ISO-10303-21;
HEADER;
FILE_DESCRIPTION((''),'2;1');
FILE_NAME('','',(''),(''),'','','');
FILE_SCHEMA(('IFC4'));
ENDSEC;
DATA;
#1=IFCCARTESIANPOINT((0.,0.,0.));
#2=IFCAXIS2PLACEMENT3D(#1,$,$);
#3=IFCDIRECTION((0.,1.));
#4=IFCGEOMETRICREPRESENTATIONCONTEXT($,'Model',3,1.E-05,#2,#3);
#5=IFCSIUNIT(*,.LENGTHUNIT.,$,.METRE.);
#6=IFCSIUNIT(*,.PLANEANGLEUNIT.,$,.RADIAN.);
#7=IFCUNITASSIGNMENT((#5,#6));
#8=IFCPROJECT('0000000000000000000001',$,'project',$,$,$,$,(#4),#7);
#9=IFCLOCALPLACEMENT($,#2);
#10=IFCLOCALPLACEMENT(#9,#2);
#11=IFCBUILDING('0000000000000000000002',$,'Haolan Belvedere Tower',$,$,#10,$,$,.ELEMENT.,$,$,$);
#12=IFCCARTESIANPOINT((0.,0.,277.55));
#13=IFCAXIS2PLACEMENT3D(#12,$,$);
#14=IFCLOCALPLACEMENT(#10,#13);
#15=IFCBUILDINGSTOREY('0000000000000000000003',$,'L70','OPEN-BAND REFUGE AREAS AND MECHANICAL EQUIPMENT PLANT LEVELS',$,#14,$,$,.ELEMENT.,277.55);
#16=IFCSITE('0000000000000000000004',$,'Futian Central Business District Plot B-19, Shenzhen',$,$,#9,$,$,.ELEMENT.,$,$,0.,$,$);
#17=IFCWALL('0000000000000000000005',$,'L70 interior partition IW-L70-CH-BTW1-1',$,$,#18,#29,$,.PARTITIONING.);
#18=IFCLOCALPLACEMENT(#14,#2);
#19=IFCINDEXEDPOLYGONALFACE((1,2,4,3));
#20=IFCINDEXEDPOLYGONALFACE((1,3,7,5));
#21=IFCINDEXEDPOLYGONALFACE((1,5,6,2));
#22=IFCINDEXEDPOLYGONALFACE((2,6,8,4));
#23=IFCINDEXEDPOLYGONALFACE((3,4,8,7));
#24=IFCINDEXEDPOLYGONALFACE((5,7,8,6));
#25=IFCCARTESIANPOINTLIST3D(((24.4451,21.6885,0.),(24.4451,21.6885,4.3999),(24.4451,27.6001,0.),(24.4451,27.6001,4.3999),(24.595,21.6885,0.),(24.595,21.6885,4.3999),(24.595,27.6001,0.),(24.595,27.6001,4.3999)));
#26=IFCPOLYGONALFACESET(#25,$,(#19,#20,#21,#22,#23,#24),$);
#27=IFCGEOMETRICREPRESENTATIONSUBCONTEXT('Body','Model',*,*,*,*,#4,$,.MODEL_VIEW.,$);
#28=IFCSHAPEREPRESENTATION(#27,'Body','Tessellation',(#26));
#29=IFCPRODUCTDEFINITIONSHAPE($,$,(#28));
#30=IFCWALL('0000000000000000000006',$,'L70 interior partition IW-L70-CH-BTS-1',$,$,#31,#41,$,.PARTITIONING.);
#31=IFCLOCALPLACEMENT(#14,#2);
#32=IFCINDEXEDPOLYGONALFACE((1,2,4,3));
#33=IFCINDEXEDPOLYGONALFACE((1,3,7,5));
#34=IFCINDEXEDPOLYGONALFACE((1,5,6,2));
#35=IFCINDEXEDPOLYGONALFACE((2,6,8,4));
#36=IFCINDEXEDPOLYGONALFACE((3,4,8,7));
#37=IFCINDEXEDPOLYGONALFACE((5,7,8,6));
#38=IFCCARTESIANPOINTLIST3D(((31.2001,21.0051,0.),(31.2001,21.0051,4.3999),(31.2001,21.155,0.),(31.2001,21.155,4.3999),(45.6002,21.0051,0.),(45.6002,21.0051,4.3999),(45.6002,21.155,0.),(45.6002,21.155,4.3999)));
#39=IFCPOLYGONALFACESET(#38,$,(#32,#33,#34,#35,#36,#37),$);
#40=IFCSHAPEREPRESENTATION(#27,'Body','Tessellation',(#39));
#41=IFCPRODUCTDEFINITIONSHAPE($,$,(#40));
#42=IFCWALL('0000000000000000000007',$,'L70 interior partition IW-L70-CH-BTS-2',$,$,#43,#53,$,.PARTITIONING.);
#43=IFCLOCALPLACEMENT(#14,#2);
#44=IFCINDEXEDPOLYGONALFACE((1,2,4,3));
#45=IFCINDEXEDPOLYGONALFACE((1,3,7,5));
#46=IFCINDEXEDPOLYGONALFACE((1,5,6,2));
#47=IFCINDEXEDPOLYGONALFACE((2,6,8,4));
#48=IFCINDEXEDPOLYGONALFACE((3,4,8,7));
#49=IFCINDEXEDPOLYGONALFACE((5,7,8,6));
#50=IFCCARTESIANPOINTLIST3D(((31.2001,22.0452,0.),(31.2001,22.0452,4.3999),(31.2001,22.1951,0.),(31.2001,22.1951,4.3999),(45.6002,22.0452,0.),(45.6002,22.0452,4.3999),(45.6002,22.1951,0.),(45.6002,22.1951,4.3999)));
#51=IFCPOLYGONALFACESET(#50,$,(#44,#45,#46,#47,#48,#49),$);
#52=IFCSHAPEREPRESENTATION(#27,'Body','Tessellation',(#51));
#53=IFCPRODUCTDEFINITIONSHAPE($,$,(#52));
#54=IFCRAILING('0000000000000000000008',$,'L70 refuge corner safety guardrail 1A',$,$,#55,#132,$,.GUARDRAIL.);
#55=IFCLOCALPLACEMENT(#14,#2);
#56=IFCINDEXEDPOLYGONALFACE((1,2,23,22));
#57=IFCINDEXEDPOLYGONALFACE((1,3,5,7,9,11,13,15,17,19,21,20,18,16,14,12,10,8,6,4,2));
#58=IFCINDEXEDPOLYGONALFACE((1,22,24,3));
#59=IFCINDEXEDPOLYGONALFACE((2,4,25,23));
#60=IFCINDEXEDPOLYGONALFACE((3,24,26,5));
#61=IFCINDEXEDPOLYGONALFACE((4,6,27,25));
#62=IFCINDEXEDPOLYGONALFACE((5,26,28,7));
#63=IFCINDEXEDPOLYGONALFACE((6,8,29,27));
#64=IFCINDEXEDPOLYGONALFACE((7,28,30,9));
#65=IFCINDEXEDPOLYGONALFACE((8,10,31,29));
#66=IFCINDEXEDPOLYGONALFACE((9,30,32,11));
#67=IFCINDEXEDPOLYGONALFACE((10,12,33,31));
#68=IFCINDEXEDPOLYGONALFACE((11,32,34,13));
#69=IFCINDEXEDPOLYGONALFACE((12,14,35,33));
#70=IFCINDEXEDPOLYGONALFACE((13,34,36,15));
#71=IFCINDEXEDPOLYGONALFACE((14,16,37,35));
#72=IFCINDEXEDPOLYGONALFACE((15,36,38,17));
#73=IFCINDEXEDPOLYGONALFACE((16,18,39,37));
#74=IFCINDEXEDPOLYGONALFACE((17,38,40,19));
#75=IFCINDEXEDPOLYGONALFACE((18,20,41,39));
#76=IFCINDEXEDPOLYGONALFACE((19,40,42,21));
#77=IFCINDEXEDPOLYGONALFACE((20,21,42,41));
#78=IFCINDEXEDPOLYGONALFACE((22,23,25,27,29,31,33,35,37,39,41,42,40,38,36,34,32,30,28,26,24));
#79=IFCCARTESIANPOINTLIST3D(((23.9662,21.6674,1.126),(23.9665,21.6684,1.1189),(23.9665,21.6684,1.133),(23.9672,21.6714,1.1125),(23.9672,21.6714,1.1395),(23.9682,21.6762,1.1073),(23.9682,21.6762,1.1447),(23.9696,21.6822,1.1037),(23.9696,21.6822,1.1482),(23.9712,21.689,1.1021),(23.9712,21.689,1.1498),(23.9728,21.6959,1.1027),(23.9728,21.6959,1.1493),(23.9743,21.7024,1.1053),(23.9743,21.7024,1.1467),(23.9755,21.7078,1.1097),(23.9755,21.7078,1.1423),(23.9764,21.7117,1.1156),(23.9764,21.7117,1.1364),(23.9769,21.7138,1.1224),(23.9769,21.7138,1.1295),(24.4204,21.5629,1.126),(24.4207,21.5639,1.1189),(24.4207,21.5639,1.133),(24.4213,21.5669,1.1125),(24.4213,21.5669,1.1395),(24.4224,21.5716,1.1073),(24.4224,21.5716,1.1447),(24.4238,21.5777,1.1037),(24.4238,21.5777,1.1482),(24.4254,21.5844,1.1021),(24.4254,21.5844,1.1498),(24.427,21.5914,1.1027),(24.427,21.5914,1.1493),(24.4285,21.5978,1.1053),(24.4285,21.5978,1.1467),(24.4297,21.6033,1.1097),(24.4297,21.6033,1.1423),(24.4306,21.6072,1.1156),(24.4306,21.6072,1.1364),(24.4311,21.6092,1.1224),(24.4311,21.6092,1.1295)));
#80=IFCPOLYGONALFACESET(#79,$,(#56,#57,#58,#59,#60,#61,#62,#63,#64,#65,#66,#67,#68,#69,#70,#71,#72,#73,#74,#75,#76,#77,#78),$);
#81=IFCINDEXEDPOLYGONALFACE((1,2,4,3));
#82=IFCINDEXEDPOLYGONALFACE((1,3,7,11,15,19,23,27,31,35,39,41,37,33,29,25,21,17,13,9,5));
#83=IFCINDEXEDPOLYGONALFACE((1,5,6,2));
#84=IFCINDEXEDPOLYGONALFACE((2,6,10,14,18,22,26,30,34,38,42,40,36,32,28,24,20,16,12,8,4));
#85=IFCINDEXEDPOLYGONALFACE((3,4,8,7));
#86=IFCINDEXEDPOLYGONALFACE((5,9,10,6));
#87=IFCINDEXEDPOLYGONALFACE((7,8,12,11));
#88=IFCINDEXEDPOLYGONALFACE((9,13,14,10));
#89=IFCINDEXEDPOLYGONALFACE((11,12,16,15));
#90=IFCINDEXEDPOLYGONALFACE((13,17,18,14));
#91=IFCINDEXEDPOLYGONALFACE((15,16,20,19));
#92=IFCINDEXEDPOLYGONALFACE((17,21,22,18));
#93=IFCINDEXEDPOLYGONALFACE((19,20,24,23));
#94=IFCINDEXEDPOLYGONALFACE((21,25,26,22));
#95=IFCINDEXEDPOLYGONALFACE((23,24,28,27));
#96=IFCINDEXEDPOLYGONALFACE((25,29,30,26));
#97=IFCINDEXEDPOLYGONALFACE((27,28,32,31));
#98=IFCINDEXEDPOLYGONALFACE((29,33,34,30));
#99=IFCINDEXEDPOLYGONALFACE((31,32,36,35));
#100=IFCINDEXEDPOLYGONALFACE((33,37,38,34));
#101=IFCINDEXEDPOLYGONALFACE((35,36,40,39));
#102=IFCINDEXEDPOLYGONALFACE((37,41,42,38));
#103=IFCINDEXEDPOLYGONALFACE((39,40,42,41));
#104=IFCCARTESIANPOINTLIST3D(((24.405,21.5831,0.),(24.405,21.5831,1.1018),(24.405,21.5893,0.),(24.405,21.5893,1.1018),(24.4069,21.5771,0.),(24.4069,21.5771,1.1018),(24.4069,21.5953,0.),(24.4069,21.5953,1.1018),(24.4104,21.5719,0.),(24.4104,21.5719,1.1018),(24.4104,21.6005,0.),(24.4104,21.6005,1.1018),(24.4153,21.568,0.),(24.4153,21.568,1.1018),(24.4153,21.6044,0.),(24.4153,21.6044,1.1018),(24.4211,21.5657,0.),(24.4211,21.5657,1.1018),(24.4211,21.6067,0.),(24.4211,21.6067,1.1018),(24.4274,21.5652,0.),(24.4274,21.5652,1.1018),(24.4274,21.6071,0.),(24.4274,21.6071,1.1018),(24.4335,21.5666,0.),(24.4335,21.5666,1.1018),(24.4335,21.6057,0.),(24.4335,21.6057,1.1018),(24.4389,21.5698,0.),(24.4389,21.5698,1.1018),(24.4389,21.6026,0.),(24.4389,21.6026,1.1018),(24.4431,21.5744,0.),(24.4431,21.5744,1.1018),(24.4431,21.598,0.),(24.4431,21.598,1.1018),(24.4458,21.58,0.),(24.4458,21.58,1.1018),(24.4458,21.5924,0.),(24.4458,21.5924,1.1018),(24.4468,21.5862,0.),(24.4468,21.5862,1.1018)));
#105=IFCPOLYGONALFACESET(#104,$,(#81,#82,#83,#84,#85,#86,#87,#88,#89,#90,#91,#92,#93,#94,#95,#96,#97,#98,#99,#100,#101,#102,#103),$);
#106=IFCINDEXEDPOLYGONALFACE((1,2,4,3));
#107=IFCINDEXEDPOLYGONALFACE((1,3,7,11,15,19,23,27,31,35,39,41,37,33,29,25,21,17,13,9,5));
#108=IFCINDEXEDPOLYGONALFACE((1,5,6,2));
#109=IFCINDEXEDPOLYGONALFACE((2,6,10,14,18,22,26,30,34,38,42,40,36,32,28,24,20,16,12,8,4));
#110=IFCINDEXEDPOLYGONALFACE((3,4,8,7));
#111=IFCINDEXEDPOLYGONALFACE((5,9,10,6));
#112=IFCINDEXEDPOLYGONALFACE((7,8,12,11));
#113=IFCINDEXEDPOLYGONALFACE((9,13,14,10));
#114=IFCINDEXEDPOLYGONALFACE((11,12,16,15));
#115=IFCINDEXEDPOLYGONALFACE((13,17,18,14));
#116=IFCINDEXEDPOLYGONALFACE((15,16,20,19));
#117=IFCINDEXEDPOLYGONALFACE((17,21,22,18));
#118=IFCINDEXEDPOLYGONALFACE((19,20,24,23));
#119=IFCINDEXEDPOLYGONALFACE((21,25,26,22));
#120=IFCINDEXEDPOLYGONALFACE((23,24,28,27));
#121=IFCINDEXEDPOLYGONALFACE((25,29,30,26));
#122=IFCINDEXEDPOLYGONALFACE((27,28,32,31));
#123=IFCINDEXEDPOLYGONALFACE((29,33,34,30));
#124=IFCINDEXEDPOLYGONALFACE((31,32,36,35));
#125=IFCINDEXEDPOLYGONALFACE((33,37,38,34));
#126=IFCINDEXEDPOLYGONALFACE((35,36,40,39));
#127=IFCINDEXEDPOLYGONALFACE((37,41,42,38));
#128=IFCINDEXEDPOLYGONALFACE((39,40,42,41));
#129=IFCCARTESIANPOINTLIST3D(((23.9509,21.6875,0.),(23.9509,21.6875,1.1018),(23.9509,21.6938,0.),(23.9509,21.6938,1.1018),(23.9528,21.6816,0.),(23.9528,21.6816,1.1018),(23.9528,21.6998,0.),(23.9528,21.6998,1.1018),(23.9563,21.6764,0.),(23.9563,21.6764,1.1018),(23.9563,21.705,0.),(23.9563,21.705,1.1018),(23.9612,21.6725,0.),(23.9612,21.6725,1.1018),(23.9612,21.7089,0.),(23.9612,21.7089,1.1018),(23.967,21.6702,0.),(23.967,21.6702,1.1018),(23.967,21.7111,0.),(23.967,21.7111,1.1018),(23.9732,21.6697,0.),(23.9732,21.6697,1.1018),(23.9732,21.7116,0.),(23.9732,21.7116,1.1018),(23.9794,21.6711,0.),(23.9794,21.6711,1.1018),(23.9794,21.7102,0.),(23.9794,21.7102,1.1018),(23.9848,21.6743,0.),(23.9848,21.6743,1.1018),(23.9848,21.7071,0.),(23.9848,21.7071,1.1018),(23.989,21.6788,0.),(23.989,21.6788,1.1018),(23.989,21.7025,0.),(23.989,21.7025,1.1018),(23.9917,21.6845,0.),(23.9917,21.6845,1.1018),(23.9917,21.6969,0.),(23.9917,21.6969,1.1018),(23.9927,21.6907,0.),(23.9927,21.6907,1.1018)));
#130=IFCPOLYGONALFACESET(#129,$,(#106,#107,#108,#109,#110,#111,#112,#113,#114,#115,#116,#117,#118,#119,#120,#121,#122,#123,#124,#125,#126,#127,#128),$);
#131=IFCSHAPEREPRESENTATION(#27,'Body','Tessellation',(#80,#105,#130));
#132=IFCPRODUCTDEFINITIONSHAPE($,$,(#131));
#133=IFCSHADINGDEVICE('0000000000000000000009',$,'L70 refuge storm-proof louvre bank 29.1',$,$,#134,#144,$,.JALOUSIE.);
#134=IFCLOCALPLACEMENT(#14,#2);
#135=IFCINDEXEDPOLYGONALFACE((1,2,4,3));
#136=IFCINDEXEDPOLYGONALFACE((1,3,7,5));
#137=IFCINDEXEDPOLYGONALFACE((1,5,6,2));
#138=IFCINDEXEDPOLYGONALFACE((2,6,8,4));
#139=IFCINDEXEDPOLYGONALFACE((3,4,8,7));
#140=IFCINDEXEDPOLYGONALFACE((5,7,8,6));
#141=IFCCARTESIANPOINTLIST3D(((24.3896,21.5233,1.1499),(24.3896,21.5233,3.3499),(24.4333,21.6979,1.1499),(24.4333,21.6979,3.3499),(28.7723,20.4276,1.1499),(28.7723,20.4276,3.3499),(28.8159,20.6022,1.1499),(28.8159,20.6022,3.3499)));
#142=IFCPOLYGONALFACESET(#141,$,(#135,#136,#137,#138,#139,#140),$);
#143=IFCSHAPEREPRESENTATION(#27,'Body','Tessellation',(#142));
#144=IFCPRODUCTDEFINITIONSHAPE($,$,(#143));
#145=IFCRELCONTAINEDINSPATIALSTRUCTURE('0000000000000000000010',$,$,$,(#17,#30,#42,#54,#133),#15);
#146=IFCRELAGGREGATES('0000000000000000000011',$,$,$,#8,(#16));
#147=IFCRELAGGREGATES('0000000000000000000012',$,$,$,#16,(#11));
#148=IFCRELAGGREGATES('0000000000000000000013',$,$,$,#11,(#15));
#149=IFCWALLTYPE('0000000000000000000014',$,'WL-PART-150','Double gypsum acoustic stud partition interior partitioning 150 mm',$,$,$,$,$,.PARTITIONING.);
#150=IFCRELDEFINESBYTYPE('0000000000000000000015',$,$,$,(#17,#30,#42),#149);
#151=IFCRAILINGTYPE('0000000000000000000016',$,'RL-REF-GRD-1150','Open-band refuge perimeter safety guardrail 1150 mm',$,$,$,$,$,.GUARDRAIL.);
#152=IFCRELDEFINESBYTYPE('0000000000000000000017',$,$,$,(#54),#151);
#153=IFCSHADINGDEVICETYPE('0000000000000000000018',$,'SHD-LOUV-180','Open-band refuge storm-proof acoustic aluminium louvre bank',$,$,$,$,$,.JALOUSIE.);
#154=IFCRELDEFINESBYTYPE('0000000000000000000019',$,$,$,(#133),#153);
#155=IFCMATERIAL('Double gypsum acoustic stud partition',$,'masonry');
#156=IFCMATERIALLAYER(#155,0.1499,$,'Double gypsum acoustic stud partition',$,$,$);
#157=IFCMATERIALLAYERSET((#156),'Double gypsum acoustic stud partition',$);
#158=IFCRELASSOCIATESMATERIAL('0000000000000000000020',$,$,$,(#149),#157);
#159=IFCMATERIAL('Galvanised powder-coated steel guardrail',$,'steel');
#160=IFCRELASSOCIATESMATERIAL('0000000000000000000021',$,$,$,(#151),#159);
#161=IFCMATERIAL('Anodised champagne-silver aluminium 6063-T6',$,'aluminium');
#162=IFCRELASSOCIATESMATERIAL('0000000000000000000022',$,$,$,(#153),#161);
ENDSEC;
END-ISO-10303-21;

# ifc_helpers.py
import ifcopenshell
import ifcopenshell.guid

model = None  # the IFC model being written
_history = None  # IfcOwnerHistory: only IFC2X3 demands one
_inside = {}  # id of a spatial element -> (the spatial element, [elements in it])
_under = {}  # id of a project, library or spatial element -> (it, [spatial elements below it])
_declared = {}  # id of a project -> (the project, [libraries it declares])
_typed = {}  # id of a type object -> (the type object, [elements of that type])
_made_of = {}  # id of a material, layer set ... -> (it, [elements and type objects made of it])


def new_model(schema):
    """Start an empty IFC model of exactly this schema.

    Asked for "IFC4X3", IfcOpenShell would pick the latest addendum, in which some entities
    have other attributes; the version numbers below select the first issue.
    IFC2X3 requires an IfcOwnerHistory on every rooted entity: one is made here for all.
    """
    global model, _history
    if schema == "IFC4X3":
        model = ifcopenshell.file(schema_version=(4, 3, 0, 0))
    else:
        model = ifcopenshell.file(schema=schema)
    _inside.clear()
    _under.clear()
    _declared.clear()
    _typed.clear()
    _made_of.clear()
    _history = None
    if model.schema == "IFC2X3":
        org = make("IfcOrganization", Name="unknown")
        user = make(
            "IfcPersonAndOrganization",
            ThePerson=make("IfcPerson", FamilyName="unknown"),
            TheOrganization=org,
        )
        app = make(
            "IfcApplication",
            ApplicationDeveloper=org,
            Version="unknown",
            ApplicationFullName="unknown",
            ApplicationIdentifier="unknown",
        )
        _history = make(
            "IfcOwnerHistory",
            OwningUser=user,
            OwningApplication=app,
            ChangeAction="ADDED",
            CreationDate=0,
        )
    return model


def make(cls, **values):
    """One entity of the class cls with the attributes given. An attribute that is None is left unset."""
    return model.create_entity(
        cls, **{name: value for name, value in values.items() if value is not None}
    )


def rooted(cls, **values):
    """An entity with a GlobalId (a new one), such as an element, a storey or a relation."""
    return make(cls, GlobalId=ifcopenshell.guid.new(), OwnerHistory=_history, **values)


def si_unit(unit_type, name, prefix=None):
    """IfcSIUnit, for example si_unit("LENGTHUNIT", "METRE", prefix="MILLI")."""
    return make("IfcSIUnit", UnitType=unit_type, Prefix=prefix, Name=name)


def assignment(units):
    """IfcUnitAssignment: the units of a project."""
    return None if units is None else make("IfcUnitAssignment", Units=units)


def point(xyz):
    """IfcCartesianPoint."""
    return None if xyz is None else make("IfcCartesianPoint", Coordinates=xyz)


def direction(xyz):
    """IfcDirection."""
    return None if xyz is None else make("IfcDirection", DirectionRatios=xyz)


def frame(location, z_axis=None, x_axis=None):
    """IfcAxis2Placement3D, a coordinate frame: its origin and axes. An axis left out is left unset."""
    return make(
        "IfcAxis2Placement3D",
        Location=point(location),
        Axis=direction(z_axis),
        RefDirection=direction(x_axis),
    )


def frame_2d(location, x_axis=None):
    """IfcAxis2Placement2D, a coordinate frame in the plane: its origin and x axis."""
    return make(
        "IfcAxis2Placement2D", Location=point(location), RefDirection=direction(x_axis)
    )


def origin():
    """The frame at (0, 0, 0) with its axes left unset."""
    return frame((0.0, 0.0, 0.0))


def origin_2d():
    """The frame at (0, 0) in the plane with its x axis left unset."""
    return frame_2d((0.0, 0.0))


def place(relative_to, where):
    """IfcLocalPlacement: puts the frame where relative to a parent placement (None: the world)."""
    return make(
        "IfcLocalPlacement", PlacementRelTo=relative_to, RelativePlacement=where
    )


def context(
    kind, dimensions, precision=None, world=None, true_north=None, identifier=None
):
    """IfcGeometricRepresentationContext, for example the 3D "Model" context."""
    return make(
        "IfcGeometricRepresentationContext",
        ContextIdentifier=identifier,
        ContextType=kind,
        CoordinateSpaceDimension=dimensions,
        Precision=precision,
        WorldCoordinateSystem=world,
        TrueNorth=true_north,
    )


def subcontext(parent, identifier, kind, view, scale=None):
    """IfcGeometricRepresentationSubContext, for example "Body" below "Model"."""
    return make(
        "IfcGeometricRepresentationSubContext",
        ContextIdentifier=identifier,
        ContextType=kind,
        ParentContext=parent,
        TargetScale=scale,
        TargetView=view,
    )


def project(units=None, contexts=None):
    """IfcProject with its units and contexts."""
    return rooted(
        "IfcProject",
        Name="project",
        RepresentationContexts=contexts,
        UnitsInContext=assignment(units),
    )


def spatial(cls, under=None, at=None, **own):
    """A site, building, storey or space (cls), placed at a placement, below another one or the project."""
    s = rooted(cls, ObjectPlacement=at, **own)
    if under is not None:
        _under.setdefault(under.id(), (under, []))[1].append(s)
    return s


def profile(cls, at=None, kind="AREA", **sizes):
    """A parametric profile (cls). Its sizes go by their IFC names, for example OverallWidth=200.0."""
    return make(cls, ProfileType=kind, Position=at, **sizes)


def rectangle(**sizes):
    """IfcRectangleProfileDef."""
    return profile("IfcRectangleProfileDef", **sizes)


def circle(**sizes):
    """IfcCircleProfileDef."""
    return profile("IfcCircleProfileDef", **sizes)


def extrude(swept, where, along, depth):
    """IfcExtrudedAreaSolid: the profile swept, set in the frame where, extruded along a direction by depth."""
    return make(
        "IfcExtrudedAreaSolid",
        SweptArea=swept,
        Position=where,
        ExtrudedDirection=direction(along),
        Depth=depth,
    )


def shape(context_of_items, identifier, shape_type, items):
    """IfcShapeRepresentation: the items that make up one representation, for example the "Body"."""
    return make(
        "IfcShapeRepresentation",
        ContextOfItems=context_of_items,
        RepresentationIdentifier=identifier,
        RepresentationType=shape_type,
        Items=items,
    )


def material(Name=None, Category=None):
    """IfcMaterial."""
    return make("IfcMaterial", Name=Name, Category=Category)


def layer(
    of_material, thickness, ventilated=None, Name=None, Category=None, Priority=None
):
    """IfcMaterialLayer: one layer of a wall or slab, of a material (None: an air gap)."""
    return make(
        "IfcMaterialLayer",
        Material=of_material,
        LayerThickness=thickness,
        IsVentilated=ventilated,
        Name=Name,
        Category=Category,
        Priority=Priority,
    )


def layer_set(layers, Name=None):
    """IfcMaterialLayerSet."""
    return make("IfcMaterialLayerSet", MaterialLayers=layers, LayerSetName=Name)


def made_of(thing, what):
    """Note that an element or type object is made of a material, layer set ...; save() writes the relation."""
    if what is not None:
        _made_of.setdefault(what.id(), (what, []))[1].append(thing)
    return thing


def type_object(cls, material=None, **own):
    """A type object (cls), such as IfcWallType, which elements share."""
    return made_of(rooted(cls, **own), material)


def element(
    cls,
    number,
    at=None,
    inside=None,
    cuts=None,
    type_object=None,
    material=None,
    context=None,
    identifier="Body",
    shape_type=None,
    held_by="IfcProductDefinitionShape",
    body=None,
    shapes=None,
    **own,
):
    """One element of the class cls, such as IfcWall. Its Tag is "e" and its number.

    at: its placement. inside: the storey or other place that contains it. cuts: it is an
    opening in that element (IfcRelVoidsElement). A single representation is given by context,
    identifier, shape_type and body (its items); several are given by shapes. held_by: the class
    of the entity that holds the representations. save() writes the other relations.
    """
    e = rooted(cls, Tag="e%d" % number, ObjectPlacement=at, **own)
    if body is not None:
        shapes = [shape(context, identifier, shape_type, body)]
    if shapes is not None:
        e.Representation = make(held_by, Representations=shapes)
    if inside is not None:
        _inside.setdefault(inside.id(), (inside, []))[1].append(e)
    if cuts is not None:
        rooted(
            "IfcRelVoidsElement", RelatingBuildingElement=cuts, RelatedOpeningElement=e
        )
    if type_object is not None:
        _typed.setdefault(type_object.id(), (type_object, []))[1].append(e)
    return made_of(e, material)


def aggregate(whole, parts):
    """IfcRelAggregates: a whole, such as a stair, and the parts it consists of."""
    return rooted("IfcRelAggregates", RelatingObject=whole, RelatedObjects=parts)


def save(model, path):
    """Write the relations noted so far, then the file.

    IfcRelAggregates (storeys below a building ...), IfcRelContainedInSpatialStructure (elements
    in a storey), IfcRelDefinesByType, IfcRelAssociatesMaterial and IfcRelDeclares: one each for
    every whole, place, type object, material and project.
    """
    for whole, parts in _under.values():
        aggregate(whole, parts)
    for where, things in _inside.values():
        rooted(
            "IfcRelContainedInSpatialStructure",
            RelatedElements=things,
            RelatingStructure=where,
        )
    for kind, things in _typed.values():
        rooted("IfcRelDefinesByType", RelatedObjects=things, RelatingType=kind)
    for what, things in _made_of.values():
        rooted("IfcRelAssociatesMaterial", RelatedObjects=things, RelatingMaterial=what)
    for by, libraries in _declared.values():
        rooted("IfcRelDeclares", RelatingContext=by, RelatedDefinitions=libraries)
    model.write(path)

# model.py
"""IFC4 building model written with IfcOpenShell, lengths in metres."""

from ifc_helpers import new_model, si_unit, direction, frame, frame_2d, origin, origin_2d, place, context, subcontext, project, spatial, rectangle, circle, extrude, material, layer, layer_set, type_object, element, save


model = new_model("IFC4")

# Units and contexts
model_context = context("Model", 3, precision=1e-05, world=origin(), true_north=direction((0.0, 1.0)))
body_context = subcontext(model_context, "Body", "Model", "MODEL_VIEW")
ifc_project = project(units=[si_unit("LENGTHUNIT", "METRE"), si_unit("PLANEANGLEUNIT", "RADIAN")], contexts=[model_context])

# Site, building, storey
site_placement = place(None, origin())
site = spatial("IfcSite", under=ifc_project, at=site_placement, Name="Futian Central Business District Plot B-19, Shenzhen", CompositionType="ELEMENT", RefElevation=0.0)
building_placement = place(site_placement, origin())
building = spatial("IfcBuilding", under=site, at=building_placement, Name="Haolan Belvedere Tower", CompositionType="ELEMENT")
storey_placement = place(building_placement, frame((0.0, 0.0, 277.55)))
storey = spatial("IfcBuildingStorey", under=building, at=storey_placement, Name="L70", Description="OPEN-BAND REFUGE AREAS AND MECHANICAL EQUIPMENT PLANT LEVELS", CompositionType="ELEMENT", Elevation=277.55)

# Walls
ifc_material_1 = material(Name="Double gypsum acoustic stud partition", Category="masonry")
ifc_layer_1 = layer(ifc_material_1, 0.1499, Name="Double gypsum acoustic stud partition")
ifc_layer_set_1 = layer_set([ifc_layer_1], Name="Double gypsum acoustic stud partition")
wall_type_1 = type_object("IfcWallType", Name="WL-PART-150", Description="Double gypsum acoustic stud partition interior partitioning 150 mm", PredefinedType="PARTITIONING", material=ifc_layer_set_1)
wall_1_placement = place(storey_placement, frame((24.52, 21.6885, 0.0), z_axis=(0.0, 0.0, 1.0), x_axis=(0.0, 1.0, 0.0)))
element("IfcWall", 1, at=wall_1_placement, inside=storey, type_object=wall_type_1, Name="L70 interior partition IW-L70-CH-BTW1-1", PredefinedType="PARTITIONING", context=body_context, shape_type="SweptSolid", body=[
    extrude(rectangle(XDim=5.9116, YDim=0.1499, at=frame_2d((2.9558, 0.0))), origin(), (0.0, 0.0, 1.0), 4.3999),
])
for number, where, z_axis, x_axis, name in (
    (2, (31.2, 21.0801, 0.0), (0.0, 0.0, 1.0), (1.0, 0.0, 0.0), "L70 interior partition IW-L70-CH-BTS-1"),
    (3, (31.2, 22.1201, 0.0), (0.0, 0.0, 1.0), (1.0, 0.0, 0.0), "L70 interior partition IW-L70-CH-BTS-2"),
):
    element("IfcWall", number, at=place(storey_placement, frame(where, z_axis=z_axis, x_axis=x_axis)), inside=storey, type_object=wall_type_1, Name=name, PredefinedType="PARTITIONING", context=body_context, shape_type="SweptSolid", body=[
        extrude(rectangle(XDim=14.4001, YDim=0.1499, at=frame_2d((7.2002, 0.0))), origin(), (0.0, 0.0, 1.0), 4.3999),
    ])

# Railing
ifc_material_2 = material(Name="Galvanised powder-coated steel guardrail", Category="steel")
railing_type = type_object("IfcRailingType", Name="RL-REF-GRD-1150", Description="Open-band refuge perimeter safety guardrail 1150 mm", PredefinedType="GUARDRAIL", material=ifc_material_2)
railing_placement = place(storey_placement, frame((24.4258, 21.5862, 0.0)))
element("IfcRailing", 4, at=railing_placement, inside=storey, type_object=railing_type, Name="L70 refuge corner safety guardrail 1A", PredefinedType="GUARDRAIL", context=body_context, shape_type="SweptSolid", body=[
    extrude(circle(Radius=0.0239, at=origin_2d()), frame((0.0, 0.0, 1.126), z_axis=(-0.974532, 0.224247, 0.0), x_axis=(-0.224247, -0.974532, 0.0)), (0.0, 0.0, 1.0), 0.4661),
    extrude(circle(Radius=0.021, at=origin_2d()), origin(), (0.0, 0.0, 1.0), 1.1018),
    extrude(circle(Radius=0.021, at=origin_2d()), frame((-0.4541, 0.1045, 0.0)), (0.0, 0.0, 1.0), 1.1018),
])

# Shading device
ifc_material_3 = material(Name="Anodised champagne-silver aluminium 6063-T6", Category="aluminium")
shading_device_type = type_object("IfcShadingDeviceType", Name="SHD-LOUV-180", Description="Open-band refuge storm-proof acoustic aluminium louvre bank", PredefinedType="JALOUSIE", material=ifc_material_3)
shading_device_placement = place(storey_placement, frame((26.6028, 21.0627, 1.1499), z_axis=(0.0, 0.0, 1.0), x_axis=(0.970139, -0.242548, 0.0)))
element("IfcShadingDevice", 5, at=shading_device_placement, inside=storey, type_object=shading_device_type, Name="L70 refuge storm-proof louvre bank 29.1", PredefinedType="JALOUSIE", context=body_context, shape_type="SweptSolid", body=[
    extrude(rectangle(XDim=4.5176, YDim=0.1799, at=origin_2d()), origin(), (0.0, 0.0, 1.0), 2.2),
])

save(model, "model.ifc")
